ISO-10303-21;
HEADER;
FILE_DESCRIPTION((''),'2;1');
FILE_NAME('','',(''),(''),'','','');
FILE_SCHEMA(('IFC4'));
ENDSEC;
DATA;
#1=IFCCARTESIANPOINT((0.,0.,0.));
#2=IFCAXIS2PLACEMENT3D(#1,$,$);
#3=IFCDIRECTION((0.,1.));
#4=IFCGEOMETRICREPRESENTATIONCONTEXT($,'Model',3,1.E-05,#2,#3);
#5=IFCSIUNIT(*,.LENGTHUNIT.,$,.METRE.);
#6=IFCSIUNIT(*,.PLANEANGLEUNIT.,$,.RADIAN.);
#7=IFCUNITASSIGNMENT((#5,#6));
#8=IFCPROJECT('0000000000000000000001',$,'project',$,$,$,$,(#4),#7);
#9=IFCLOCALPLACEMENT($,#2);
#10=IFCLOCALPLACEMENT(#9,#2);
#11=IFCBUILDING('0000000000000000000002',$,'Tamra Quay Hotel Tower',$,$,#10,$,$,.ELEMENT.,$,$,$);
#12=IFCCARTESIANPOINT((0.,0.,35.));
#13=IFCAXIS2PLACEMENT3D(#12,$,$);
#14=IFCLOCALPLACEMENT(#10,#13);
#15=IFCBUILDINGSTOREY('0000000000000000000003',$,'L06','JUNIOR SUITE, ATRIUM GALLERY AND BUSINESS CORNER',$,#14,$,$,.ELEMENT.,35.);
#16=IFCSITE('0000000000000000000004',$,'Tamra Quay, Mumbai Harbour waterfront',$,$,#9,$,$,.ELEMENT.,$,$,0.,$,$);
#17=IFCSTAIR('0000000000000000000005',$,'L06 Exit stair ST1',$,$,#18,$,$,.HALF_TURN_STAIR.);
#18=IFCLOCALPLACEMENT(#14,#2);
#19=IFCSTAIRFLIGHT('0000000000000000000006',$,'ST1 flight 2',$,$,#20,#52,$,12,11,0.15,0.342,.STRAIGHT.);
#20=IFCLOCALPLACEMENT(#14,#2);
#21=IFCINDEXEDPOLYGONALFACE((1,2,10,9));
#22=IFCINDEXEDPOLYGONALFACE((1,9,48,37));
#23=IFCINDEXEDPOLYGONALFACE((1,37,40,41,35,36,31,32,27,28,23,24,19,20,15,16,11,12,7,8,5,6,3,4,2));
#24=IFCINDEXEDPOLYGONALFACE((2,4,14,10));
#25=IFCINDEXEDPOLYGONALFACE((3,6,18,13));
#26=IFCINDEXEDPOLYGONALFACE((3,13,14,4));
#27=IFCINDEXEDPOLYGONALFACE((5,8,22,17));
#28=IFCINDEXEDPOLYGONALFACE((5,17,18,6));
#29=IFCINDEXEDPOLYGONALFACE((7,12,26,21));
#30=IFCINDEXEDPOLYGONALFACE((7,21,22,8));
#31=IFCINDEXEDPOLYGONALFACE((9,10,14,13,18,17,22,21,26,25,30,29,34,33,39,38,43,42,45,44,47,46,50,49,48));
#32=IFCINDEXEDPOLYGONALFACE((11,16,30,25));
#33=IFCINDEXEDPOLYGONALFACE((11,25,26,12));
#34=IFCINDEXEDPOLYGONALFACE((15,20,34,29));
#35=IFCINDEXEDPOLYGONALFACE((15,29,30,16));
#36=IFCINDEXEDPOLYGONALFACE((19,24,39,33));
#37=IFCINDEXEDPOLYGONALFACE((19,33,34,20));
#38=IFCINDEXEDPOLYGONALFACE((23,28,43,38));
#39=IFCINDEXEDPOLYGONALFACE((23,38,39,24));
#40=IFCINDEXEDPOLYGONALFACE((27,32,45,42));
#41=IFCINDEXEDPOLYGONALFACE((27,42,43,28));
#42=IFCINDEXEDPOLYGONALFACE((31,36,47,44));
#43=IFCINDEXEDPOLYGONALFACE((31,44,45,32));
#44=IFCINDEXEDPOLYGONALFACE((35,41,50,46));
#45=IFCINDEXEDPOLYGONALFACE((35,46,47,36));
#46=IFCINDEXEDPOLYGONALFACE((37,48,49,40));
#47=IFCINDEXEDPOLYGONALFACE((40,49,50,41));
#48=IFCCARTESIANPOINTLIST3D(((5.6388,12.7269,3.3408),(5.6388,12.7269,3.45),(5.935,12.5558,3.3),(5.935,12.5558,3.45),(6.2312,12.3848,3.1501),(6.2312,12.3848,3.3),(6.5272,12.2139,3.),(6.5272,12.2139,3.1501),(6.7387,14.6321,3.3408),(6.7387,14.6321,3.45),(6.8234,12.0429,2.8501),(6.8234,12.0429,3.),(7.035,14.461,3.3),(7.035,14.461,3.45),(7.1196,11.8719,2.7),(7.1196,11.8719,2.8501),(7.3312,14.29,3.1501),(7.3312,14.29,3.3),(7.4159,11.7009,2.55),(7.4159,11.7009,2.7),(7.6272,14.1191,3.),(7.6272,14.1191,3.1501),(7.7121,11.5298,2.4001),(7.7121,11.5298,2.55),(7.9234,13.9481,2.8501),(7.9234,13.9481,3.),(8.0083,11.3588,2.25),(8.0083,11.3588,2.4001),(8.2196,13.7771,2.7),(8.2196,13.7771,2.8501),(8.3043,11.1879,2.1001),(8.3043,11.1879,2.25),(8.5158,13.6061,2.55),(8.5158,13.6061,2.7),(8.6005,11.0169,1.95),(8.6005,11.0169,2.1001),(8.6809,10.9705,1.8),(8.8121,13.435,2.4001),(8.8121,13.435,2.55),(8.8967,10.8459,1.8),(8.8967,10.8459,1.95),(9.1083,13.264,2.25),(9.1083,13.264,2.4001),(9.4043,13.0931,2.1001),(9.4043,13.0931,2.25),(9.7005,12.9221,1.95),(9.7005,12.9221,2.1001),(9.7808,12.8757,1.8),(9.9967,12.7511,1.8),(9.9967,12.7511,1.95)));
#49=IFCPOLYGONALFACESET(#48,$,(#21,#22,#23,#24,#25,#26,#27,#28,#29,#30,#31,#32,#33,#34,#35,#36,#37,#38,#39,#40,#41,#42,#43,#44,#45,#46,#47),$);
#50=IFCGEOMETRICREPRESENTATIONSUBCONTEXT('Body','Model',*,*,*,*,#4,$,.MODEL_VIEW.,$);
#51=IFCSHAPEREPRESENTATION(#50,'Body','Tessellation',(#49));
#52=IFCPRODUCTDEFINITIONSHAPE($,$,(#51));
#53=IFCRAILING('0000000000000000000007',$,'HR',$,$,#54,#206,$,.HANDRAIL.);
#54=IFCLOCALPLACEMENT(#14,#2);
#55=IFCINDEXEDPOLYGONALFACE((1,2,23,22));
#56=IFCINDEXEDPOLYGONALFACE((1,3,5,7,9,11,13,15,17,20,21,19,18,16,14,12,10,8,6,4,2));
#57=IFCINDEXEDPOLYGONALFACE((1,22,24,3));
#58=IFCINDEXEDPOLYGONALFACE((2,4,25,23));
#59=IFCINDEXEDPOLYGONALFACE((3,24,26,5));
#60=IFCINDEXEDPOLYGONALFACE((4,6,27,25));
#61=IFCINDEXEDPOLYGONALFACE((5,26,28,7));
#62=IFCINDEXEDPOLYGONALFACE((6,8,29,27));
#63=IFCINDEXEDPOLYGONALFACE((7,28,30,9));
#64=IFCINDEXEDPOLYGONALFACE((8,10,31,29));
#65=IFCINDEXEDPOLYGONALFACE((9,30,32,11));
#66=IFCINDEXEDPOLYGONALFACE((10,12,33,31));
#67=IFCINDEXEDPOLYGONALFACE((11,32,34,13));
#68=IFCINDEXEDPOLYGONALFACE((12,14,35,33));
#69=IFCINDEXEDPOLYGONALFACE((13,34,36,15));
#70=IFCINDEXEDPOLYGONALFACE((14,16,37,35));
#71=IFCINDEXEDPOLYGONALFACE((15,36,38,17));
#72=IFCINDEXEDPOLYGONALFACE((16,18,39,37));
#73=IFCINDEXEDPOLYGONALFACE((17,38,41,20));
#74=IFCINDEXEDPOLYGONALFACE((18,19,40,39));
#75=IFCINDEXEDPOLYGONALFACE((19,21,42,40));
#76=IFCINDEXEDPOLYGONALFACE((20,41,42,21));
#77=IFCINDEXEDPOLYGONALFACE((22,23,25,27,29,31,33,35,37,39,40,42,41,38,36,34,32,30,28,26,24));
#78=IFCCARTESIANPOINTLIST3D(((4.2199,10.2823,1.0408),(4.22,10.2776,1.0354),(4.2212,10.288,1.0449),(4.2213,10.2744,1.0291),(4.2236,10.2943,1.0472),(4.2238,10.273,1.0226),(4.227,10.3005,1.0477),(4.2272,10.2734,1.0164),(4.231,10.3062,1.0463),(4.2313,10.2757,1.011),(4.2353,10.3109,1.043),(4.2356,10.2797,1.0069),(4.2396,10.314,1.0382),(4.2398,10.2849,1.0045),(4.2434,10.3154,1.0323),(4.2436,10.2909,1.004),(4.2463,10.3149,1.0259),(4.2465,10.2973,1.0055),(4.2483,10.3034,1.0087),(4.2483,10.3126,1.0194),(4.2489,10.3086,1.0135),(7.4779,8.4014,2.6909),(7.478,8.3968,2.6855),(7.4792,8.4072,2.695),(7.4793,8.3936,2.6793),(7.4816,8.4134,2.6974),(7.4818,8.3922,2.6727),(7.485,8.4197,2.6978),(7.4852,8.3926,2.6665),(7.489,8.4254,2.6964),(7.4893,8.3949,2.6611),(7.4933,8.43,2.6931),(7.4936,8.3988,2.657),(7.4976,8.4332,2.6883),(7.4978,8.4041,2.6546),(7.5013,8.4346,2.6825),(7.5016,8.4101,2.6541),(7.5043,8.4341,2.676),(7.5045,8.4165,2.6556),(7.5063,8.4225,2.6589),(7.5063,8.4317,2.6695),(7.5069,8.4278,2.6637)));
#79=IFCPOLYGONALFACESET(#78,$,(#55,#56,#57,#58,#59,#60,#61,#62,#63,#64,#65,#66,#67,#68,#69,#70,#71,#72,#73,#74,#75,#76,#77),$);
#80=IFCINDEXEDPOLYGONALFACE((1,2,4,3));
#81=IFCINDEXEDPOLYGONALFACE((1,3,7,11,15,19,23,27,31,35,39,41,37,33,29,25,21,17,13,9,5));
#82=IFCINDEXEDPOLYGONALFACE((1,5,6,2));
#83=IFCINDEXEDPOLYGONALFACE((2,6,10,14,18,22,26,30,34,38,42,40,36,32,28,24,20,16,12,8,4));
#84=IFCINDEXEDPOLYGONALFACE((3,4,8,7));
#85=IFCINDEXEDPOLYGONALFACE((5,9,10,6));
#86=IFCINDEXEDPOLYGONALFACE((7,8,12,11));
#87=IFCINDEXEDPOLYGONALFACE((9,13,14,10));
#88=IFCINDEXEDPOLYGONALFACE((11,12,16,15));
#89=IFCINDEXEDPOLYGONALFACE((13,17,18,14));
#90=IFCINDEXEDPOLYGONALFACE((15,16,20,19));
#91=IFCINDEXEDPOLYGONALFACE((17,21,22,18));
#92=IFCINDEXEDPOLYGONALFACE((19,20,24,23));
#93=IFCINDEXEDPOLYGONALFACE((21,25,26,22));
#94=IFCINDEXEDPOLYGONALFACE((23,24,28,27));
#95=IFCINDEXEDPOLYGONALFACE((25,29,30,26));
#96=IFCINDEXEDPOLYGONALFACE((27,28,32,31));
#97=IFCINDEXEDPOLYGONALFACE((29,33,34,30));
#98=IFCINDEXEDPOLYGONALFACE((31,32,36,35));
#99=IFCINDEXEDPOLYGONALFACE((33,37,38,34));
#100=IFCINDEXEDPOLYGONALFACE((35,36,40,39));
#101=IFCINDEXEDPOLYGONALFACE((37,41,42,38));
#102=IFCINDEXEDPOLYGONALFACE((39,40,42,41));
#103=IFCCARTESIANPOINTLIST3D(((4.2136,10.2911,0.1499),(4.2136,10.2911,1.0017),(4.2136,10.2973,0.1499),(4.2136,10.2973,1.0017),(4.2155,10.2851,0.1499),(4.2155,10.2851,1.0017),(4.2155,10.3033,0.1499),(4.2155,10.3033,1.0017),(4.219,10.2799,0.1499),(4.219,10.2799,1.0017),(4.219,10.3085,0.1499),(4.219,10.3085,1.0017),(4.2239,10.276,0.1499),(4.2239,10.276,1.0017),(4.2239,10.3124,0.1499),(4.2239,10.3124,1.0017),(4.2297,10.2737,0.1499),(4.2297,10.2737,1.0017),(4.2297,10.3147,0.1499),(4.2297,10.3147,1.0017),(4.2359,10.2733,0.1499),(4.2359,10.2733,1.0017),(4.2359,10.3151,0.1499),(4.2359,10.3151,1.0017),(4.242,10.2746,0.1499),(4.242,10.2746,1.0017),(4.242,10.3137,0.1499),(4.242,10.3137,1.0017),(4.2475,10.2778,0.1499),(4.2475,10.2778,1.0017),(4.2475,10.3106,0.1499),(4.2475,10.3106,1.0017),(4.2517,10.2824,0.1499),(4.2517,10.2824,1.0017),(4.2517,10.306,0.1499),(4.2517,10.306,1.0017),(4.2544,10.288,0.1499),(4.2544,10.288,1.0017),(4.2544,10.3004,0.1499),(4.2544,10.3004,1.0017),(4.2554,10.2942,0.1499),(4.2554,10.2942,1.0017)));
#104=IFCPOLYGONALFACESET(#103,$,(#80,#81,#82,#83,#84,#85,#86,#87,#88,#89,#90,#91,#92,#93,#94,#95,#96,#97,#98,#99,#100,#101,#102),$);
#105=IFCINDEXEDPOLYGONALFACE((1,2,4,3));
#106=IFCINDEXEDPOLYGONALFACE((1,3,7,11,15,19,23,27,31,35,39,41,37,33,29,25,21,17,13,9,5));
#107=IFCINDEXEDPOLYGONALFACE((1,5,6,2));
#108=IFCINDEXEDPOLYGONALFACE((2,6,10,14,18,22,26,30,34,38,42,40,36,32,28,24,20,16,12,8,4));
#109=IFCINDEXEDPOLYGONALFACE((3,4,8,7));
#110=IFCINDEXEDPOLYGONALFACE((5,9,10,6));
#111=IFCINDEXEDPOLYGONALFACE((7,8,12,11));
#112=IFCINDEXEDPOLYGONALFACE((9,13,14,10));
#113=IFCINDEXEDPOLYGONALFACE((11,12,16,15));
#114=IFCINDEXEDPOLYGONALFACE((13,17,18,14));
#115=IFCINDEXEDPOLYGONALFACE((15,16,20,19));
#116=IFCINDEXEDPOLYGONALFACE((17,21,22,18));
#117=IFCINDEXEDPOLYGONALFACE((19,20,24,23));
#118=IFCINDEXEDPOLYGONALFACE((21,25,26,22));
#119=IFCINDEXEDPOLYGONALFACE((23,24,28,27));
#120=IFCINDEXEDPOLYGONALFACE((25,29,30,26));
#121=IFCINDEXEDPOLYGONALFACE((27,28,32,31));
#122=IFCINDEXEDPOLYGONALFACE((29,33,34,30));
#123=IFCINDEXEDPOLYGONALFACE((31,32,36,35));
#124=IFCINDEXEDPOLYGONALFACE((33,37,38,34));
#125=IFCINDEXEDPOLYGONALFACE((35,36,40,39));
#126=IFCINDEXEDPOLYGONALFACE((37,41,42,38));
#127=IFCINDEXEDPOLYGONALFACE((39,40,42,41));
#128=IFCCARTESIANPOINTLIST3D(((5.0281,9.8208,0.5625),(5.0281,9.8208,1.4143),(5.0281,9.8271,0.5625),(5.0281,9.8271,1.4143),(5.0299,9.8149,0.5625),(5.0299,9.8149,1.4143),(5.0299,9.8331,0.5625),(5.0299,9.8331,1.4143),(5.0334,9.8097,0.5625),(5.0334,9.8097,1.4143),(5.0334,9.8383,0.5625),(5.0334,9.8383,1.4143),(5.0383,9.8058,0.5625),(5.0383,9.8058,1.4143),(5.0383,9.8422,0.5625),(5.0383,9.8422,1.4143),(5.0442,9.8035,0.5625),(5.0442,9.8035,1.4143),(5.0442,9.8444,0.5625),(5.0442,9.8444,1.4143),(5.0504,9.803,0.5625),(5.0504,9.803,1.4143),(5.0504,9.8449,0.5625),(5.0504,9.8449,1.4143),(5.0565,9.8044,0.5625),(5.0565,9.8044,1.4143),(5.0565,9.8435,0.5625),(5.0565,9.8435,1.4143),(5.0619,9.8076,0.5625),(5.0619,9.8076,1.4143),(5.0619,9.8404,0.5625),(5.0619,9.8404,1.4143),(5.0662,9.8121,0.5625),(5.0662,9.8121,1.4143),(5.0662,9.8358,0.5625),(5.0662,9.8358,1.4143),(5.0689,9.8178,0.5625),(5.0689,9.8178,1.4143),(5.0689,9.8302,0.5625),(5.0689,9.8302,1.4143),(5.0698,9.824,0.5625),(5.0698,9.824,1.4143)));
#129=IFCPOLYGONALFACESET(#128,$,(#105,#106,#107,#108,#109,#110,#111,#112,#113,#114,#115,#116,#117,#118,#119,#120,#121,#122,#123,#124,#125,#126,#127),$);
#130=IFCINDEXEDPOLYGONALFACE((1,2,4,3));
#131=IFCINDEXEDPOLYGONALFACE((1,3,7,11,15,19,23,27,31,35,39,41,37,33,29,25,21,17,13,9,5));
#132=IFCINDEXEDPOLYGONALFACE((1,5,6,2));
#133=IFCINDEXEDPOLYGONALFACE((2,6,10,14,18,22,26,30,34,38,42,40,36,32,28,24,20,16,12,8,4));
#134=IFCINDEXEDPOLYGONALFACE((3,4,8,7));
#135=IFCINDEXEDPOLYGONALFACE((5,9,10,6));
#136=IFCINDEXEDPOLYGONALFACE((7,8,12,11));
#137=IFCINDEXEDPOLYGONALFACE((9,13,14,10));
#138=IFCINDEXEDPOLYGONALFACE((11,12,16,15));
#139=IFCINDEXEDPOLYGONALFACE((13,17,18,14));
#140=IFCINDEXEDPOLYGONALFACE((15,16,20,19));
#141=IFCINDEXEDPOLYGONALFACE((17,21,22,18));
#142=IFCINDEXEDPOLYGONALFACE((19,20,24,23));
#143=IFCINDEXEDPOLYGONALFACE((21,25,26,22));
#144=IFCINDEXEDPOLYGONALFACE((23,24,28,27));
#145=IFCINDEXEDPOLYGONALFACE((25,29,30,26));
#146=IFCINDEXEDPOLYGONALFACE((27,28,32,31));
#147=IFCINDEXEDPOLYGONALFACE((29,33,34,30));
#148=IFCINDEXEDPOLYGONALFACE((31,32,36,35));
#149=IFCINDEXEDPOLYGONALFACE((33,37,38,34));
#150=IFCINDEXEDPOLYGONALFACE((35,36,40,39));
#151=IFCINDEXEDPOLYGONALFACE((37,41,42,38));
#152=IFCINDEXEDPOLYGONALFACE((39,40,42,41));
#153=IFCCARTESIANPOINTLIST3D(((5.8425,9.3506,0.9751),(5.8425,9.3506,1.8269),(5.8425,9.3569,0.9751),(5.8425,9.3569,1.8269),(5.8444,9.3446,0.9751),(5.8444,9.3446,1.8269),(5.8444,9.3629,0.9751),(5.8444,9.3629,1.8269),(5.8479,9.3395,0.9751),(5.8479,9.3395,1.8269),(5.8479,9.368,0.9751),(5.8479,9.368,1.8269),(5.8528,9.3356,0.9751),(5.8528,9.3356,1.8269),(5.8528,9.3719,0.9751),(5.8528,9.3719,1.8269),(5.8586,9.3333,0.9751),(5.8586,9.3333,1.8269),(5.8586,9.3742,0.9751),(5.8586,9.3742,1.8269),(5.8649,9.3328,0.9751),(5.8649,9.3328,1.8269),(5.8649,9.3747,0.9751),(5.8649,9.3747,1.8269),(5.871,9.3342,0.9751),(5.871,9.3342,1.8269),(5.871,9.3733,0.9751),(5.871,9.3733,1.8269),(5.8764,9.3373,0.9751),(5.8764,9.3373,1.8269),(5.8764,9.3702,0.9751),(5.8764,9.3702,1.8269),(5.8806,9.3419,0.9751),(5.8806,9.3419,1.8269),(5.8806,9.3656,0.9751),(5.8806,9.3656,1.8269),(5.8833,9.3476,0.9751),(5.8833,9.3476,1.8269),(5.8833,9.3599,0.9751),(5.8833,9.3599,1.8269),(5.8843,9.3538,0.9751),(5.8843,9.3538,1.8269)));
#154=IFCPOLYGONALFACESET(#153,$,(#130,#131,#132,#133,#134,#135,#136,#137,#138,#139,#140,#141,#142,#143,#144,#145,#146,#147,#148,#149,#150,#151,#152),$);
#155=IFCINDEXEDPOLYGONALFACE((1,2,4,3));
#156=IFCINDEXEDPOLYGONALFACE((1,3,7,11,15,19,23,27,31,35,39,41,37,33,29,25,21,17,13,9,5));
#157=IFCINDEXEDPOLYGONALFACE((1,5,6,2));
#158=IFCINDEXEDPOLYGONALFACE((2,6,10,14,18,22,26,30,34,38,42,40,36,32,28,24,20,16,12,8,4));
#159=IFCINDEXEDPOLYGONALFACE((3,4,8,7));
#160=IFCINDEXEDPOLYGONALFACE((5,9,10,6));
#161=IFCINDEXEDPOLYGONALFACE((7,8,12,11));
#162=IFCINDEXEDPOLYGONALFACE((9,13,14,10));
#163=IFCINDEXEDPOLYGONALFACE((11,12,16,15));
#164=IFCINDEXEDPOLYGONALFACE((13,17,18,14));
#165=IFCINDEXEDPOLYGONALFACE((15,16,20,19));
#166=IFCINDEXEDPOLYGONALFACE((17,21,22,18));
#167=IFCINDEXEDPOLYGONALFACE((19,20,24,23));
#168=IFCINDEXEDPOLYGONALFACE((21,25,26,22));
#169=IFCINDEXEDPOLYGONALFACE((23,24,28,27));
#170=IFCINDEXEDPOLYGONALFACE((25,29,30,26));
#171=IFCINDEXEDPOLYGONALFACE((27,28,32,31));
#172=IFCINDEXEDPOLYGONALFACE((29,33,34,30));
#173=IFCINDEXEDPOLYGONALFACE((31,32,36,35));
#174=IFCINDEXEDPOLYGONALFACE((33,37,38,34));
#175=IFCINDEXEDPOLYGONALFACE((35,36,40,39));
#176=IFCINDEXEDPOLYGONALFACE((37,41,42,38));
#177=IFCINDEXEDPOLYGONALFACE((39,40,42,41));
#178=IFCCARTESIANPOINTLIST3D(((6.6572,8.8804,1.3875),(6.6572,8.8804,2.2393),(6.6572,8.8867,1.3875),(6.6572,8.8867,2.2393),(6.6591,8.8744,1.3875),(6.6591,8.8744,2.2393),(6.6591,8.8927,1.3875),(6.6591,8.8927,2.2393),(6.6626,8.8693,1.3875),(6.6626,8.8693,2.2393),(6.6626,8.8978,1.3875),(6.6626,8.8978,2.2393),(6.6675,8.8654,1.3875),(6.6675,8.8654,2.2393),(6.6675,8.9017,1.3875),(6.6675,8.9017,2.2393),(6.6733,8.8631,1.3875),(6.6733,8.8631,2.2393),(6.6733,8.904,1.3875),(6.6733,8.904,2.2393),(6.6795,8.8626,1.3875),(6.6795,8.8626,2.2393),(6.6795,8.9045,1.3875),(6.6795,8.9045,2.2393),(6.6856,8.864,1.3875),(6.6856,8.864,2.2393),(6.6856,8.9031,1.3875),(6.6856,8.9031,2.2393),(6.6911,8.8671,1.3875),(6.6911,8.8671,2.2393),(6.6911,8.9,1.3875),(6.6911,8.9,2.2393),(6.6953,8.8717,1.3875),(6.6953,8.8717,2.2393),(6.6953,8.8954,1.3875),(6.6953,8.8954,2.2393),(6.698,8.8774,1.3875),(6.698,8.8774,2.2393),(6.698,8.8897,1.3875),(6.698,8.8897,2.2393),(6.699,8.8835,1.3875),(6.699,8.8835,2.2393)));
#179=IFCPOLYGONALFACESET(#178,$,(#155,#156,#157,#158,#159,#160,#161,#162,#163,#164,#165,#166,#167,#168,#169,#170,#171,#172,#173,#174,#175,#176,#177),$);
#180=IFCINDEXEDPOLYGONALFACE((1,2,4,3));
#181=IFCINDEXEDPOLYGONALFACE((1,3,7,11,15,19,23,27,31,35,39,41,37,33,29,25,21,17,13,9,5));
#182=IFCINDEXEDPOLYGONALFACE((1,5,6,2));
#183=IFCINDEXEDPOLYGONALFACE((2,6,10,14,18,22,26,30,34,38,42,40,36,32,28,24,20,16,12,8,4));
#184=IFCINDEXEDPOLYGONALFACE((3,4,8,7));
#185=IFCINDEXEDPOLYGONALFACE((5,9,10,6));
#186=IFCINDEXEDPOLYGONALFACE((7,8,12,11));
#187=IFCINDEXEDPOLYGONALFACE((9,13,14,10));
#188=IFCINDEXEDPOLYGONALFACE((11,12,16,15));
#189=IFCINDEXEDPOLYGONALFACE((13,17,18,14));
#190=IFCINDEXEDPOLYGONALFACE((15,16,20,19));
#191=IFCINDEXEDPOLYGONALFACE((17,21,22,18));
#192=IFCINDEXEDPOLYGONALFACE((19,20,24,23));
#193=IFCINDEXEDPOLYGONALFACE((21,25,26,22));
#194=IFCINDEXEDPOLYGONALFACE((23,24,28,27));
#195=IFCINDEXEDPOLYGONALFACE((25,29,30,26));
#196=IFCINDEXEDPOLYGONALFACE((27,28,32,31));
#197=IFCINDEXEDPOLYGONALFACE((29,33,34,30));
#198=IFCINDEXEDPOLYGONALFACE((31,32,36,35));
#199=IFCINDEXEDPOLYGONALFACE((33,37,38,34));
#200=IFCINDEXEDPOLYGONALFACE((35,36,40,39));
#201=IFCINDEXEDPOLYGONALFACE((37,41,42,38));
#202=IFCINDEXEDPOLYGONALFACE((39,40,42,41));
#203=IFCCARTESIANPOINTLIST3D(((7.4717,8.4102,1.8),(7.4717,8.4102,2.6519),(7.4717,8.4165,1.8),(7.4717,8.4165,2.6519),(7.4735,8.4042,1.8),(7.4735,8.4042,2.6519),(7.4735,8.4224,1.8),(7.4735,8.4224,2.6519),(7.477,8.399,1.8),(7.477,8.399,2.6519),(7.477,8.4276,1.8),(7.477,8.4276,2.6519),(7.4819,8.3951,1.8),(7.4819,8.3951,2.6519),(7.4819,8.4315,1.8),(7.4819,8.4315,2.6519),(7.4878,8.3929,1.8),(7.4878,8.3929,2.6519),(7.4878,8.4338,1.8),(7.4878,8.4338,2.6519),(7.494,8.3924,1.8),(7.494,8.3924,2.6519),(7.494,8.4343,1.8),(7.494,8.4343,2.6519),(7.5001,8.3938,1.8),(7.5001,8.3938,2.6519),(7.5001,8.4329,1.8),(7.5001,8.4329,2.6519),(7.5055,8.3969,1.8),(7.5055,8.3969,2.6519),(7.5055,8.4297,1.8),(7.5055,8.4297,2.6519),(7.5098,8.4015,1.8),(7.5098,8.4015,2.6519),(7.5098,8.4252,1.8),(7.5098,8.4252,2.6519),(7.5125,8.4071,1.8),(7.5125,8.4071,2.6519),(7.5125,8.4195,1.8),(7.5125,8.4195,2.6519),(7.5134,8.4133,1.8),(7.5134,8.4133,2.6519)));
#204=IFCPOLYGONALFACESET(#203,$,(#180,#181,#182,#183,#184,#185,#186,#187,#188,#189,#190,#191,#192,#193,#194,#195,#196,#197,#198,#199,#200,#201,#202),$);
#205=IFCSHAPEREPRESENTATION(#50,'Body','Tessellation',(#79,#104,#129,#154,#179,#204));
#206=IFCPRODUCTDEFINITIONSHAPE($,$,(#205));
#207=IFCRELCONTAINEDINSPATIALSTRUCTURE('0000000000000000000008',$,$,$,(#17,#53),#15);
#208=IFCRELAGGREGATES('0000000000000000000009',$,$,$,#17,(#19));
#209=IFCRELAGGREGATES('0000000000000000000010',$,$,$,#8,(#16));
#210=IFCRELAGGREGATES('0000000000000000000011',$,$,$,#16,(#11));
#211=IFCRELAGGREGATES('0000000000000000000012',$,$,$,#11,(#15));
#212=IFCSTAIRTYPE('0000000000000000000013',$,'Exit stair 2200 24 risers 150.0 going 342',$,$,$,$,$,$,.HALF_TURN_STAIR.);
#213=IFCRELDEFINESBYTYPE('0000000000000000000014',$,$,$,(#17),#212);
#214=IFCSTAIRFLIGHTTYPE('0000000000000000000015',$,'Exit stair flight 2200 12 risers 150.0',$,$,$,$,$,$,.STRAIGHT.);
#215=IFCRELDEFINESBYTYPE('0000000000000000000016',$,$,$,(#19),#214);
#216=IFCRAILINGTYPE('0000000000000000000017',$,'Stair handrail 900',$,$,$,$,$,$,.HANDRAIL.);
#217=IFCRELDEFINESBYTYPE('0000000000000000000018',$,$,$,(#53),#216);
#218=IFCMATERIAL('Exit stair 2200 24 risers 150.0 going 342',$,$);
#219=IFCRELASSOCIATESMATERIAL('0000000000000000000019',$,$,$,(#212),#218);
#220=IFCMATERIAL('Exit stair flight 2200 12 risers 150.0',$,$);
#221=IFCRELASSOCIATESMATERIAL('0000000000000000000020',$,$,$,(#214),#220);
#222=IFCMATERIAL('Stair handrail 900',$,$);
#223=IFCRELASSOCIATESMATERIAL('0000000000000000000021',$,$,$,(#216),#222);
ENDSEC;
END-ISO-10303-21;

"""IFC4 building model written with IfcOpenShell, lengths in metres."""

from ifc_helpers import new_model, si_unit, direction, frame, origin, origin_2d, place, context, subcontext, project, spatial, polyline, circle, outline, extrude, material, type_object, element, aggregate, save


model = new_model("IFC4")

# Units and contexts
model_context = context("Model", 3, precision=1e-05, world=origin(), true_north=direction((0.0, 1.0)))
body_context = subcontext(model_context, "Body", "Model", "MODEL_VIEW")
ifc_project = project(units=[si_unit("LENGTHUNIT", "METRE"), si_unit("PLANEANGLEUNIT", "RADIAN")], contexts=[model_context])

# Site, building, storey
site_placement = place(None, origin())
site = spatial("IfcSite", under=ifc_project, at=site_placement, Name="Tamra Quay, Mumbai Harbour waterfront", CompositionType="ELEMENT", RefElevation=0.0)
building_placement = place(site_placement, origin())
building = spatial("IfcBuilding", under=site, at=building_placement, Name="Tamra Quay Hotel Tower", CompositionType="ELEMENT")
storey_placement = place(building_placement, frame((0.0, 0.0, 35.0)))
storey = spatial("IfcBuildingStorey", under=building, at=storey_placement, Name="L06", Description="JUNIOR SUITE, ATRIUM GALLERY AND BUSINESS CORNER", CompositionType="ELEMENT", Elevation=35.0)

# Stair, stair flight
ifc_material_1 = material(Name="Exit stair 2200 24 risers 150.0 going 342")
stair_type = type_object("IfcStairType", Name="Exit stair 2200 24 risers 150.0 going 342", PredefinedType="HALF_TURN_STAIR", material=ifc_material_1)
stair_placement = place(storey_placement, origin())
stair = element("IfcStair", 1, at=stair_placement, inside=storey, type_object=stair_type, Name="L06 Exit stair ST1", PredefinedType="HALF_TURN_STAIR")
ifc_material_2 = material(Name="Exit stair flight 2200 12 risers 150.0")
stair_flight_type = type_object("IfcStairFlightType", Name="Exit stair flight 2200 12 risers 150.0", PredefinedType="STRAIGHT", material=ifc_material_2)
stair_flight_1_placement = place(storey_placement, frame((9.4468, 11.7986, 1.8), z_axis=(0.0, 0.0, 1.0), x_axis=(-0.866025, 0.5, 0.0)))
stair_flight_1 = element("IfcStairFlight", 2, at=stair_flight_1_placement, type_object=stair_flight_type, Name="ST1 flight 2", NumberOfRisers=12, NumberOfTreads=11, PredefinedType="STRAIGHT", RiserHeight=0.15, TreadLength=0.342, context=body_context, shape_type="SweptSolid", body=[
    extrude(outline(polyline([(0.0, 0.0), (0.0, 0.1499), (0.342, 0.1499), (0.342, 0.3), (0.6841, 0.3), (0.6841, 0.45), (1.0259, 0.45), (1.0259, 0.6001), (1.3679, 0.6001), (1.3679, 0.75), (1.71, 0.75), (1.71, 0.8999), (2.052, 0.8999), (2.052, 1.05), (2.394, 1.05), (2.394, 1.2), (2.7361, 1.2), (2.7361, 1.3501), (3.0779, 1.3501), (3.0779, 1.5), (3.4199, 1.5), (3.4199, 1.6499), (3.762, 1.6499), (3.762, 1.8), (3.762, 1.5408), (0.2493, 0.0), (0.0, 0.0)])), frame((0.0, 1.1001, 0.0), z_axis=(0.0, -1.0, 0.0), x_axis=(1.0, 0.0, 0.0)), (0.0, 0.0, 1.0), 2.2),
])
aggregate(stair, [stair_flight_1])

# Railing
ifc_material_3 = material(Name="Stair handrail 900")
railing_type_1 = type_object("IfcRailingType", Name="Stair handrail 900", PredefinedType="HANDRAIL", material=ifc_material_3)
railing_1_placement = place(storey_placement, frame((4.2344, 10.2942, 0.1499)))
element("IfcRailing", 3, at=railing_1_placement, inside=storey, type_object=railing_type_1, Name="HR", PredefinedType="HANDRAIL", context=body_context, shape_type="SweptSolid", body=[
    extrude(circle(Radius=0.0239, at=origin_2d()), frame((0.0, 0.0, 0.876), z_axis=(0.793103, -0.457854, 0.401692), x_axis=(0.499964, 0.866046, 0.0)), (0.0, 0.0, 1.0), 4.1079),
    extrude(circle(Radius=0.021, at=origin_2d()), origin(), (0.0, 0.0, 1.0), 0.8518),
    extrude(circle(Radius=0.021, at=origin_2d()), frame((0.8145, -0.4702, 0.4126)), (0.0, 0.0, 1.0), 0.8518),
    extrude(circle(Radius=0.021, at=origin_2d()), frame((1.6289, -0.9404, 0.8252)), (0.0, 0.0, 1.0), 0.8518),
    extrude(circle(Radius=0.021, at=origin_2d()), frame((2.4436, -1.4106, 1.2375)), (0.0, 0.0, 1.0), 0.8518),
    extrude(circle(Radius=0.021, at=origin_2d()), frame((3.2581, -1.8809, 1.6501)), (0.0, 0.0, 1.0), 0.8518),
])

save(model, "model.ifc")
